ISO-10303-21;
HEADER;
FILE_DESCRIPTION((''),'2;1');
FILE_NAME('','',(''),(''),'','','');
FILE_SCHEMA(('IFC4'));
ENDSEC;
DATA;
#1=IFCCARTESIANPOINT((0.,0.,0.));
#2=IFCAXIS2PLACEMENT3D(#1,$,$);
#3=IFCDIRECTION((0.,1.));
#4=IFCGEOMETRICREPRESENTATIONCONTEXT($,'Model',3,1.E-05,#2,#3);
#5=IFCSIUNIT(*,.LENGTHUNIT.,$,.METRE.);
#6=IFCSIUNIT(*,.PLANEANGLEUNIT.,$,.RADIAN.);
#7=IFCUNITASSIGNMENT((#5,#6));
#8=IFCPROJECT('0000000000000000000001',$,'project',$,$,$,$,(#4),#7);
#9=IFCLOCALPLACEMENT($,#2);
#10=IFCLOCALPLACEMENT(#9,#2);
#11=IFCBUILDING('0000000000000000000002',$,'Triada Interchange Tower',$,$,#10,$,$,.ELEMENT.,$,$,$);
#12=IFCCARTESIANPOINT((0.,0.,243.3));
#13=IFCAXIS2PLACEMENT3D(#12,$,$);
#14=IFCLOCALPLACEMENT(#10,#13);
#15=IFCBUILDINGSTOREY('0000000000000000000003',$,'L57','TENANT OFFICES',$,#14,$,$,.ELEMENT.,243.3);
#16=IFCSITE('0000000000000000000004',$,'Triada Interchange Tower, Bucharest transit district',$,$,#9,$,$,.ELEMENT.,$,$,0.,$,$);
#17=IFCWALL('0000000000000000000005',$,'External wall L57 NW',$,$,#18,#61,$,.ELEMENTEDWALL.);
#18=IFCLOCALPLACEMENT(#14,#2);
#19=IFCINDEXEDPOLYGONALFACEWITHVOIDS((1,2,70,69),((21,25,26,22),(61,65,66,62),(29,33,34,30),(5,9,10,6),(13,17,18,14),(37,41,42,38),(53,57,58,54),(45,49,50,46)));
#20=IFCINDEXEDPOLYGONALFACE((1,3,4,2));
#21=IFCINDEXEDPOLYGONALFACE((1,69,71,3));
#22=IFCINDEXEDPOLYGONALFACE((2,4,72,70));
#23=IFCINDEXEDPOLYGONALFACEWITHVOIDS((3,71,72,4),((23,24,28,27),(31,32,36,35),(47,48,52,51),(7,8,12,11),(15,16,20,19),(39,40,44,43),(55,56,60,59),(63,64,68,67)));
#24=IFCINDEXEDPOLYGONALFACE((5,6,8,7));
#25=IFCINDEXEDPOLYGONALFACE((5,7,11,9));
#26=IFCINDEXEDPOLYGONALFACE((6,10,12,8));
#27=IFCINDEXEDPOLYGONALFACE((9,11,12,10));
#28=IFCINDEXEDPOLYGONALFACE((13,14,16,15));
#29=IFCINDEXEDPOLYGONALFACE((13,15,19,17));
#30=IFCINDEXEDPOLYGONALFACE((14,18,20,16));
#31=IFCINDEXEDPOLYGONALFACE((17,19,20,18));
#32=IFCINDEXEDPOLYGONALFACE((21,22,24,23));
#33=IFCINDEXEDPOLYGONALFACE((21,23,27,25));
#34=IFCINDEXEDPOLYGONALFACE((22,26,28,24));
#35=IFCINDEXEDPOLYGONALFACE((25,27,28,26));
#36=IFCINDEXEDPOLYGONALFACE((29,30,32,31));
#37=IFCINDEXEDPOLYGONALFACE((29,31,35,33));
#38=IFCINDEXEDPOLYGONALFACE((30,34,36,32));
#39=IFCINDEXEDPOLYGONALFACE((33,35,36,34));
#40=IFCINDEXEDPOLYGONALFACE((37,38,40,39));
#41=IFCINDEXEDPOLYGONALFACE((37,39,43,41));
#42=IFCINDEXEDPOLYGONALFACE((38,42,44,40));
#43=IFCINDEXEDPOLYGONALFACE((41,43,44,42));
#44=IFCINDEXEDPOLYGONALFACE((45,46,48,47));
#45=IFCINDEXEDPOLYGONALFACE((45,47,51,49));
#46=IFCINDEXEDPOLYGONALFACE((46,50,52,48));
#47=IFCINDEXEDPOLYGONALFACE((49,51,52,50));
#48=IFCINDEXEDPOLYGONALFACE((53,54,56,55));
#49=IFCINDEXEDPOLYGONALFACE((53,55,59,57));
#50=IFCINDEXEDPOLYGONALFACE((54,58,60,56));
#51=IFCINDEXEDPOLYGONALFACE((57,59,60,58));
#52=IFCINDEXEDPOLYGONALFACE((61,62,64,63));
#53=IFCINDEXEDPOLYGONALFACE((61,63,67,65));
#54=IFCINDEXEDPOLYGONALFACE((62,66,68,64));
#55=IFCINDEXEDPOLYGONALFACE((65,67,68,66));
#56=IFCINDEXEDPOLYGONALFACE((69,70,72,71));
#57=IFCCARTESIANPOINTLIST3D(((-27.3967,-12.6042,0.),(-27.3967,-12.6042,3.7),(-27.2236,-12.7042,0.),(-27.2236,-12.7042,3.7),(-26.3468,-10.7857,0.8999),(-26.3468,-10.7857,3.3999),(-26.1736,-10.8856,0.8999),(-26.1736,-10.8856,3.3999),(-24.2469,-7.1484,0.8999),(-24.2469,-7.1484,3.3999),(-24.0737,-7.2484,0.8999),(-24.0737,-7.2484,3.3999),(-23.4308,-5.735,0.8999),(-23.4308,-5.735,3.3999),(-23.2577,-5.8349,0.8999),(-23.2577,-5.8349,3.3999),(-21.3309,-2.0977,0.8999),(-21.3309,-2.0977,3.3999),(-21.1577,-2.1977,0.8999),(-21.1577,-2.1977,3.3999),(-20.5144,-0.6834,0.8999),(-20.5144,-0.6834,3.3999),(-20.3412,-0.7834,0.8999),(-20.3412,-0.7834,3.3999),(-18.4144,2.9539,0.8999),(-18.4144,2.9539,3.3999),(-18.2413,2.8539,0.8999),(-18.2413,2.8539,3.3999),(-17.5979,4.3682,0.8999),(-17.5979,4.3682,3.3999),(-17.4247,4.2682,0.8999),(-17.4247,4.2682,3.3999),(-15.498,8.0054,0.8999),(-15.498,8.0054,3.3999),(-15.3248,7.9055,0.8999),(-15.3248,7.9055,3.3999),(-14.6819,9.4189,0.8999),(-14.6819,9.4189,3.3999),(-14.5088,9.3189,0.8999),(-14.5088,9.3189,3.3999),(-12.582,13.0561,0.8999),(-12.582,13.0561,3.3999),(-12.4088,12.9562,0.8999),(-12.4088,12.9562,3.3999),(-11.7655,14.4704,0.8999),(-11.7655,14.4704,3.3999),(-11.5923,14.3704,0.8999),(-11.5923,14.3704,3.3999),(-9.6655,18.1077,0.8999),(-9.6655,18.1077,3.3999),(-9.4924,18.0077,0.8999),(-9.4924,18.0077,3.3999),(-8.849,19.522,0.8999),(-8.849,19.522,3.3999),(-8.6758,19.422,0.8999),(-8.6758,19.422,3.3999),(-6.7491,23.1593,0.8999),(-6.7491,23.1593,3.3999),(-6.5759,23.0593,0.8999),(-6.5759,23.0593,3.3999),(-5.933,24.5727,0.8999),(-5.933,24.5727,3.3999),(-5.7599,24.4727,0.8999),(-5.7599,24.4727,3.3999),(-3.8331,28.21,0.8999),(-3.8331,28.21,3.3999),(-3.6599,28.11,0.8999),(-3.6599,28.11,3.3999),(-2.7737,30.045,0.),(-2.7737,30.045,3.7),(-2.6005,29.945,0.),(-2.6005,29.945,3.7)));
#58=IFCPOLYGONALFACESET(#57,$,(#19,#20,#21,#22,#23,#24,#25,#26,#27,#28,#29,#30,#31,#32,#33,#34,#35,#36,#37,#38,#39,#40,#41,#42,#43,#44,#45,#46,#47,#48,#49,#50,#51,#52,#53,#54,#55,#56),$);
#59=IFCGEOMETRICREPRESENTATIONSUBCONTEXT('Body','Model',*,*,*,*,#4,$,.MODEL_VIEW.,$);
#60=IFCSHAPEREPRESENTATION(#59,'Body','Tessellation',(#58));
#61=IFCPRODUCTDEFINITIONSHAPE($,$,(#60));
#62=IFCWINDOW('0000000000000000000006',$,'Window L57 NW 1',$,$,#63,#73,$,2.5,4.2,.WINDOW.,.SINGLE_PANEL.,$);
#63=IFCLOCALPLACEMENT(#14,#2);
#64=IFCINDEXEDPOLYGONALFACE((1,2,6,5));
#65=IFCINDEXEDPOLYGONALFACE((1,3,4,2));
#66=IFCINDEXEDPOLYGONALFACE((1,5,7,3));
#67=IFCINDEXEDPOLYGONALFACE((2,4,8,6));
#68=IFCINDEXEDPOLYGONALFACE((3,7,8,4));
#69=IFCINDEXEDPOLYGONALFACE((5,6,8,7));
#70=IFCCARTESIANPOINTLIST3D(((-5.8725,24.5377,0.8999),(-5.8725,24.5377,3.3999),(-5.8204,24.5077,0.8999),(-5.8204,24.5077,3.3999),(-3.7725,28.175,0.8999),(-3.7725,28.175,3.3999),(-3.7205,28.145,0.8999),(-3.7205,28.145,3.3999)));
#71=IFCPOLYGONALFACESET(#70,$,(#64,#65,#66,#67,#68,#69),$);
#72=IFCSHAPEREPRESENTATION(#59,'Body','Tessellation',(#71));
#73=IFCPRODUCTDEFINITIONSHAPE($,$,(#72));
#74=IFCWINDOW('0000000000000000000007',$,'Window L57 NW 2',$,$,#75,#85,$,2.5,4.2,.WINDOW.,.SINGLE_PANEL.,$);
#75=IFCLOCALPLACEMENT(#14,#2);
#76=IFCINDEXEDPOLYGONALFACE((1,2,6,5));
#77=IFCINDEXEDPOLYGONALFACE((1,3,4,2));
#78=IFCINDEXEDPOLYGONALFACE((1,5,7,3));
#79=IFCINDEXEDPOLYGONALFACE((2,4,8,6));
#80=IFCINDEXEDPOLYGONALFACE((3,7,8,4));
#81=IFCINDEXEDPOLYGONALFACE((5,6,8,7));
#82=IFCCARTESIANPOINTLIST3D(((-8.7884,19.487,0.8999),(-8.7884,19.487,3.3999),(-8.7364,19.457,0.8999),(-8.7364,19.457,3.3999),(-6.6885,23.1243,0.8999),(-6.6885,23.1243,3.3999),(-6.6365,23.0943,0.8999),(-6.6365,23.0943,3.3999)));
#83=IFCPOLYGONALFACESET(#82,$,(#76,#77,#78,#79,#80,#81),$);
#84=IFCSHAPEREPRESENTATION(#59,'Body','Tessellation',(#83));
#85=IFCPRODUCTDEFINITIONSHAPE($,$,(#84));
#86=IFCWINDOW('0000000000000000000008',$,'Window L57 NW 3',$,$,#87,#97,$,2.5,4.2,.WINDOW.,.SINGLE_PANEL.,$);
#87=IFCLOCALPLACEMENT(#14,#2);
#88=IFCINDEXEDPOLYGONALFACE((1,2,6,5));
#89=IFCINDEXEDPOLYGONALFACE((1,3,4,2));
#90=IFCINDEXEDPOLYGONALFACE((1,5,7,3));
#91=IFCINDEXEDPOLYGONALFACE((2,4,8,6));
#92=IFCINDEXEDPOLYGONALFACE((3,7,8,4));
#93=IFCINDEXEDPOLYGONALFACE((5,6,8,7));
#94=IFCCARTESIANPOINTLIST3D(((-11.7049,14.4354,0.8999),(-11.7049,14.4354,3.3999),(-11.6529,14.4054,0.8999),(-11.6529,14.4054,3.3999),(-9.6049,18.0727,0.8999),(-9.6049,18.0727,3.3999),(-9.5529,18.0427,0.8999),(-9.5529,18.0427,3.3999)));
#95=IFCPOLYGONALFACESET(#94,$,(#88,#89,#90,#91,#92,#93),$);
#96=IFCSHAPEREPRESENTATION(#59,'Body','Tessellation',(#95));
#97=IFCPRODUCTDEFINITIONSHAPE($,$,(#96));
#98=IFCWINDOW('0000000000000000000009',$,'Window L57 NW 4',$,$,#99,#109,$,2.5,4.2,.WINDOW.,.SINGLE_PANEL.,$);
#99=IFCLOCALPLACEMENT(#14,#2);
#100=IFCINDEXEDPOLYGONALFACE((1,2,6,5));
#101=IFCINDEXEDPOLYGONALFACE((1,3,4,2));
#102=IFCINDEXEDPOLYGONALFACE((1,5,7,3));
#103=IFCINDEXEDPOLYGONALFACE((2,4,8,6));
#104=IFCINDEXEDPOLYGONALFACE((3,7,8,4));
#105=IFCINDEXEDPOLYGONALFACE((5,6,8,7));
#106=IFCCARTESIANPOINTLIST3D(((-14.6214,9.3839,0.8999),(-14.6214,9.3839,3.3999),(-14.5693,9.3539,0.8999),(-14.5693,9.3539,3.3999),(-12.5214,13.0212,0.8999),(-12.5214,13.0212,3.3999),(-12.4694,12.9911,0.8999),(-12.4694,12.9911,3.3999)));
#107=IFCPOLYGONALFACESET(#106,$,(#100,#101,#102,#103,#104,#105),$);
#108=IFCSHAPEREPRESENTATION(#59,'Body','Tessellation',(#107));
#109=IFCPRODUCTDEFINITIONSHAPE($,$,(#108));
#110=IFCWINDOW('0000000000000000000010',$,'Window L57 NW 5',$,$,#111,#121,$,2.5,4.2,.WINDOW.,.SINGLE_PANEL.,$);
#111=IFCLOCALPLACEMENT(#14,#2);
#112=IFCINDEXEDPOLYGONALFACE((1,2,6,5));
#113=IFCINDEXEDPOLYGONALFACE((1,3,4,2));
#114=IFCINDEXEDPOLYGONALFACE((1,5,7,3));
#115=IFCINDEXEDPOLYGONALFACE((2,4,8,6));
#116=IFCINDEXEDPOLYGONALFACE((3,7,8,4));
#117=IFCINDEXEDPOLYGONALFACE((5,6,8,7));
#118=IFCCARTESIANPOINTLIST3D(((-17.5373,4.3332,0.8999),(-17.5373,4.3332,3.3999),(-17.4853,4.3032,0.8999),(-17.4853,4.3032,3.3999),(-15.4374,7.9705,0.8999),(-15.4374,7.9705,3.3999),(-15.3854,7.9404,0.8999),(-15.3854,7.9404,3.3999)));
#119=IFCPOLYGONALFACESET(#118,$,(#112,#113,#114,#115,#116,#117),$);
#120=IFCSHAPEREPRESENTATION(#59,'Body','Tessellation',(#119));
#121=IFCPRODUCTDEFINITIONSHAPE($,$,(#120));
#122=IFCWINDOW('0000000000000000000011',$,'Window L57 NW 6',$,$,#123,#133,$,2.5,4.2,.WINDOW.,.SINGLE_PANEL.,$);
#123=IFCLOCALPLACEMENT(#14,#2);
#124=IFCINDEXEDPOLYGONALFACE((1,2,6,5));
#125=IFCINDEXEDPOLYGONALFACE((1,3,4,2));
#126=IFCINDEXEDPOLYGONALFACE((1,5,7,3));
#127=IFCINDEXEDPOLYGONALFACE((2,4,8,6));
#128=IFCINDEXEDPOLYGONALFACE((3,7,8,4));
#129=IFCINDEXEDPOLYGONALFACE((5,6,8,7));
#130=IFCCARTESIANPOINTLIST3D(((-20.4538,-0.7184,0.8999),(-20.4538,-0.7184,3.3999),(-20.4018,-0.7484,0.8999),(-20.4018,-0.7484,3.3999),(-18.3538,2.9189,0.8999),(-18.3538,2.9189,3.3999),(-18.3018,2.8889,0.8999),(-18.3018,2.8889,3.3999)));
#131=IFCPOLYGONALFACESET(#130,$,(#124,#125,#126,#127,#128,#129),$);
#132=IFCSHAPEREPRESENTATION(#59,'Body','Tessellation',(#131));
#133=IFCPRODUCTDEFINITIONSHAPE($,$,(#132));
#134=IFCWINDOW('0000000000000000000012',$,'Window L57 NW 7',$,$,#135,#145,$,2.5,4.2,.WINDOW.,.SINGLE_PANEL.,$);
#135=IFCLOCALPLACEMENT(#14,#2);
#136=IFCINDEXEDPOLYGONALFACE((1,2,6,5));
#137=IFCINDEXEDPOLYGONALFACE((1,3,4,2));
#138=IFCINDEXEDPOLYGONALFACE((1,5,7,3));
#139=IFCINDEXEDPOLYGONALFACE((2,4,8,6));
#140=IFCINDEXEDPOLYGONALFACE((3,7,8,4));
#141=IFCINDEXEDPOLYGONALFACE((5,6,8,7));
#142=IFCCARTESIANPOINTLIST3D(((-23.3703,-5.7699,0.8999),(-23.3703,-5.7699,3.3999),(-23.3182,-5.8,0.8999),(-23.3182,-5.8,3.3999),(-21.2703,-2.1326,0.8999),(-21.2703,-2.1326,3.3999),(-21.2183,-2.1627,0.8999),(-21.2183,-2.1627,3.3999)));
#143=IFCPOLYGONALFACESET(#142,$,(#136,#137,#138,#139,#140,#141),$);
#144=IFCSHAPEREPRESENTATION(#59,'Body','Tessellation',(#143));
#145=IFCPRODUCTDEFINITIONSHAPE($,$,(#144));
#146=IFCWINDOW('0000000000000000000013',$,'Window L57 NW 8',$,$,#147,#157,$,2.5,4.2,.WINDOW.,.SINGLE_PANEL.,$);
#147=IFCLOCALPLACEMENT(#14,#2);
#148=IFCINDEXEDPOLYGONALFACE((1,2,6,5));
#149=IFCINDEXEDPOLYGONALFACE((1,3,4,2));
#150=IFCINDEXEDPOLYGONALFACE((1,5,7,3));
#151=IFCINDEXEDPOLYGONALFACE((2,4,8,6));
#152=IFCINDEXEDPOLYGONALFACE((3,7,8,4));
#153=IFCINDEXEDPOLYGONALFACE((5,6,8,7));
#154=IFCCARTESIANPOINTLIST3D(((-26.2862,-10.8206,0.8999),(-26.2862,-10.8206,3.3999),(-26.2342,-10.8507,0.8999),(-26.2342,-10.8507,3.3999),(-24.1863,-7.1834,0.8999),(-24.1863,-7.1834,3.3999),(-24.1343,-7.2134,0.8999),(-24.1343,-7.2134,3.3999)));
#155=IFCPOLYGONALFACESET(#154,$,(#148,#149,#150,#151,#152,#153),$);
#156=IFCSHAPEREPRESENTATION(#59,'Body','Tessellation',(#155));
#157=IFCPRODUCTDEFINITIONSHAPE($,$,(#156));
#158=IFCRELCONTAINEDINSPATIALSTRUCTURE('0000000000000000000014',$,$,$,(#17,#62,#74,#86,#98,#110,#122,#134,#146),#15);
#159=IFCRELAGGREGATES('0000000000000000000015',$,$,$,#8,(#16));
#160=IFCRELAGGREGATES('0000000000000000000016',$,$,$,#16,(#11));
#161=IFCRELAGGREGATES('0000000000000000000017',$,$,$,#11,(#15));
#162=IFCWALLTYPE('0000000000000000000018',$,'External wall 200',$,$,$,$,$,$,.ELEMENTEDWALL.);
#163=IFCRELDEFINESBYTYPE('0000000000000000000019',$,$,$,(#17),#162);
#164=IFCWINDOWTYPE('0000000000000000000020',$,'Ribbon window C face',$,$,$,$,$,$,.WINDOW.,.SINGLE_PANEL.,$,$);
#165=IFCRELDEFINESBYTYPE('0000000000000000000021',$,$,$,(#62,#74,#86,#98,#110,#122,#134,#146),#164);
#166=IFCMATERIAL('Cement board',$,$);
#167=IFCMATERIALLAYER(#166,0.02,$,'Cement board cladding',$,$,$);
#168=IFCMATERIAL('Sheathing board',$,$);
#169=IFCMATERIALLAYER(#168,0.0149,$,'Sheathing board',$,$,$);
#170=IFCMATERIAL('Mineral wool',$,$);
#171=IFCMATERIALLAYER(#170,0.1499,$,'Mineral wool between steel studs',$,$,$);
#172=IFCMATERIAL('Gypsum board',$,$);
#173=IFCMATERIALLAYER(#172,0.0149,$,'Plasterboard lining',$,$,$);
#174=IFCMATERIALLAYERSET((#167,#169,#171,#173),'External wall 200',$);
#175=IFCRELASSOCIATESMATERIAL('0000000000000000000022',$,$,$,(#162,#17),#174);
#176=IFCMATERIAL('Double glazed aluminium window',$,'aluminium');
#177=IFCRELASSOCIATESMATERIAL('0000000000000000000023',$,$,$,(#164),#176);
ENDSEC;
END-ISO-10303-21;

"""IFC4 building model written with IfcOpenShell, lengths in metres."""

from ifc_helpers import new_model, si_unit, direction, frame, frame_2d, origin, place, context, subcontext, project, spatial, rectangle, extrude, material, layer, layer_set, layer_usage, type_object, element, fill, save


model = new_model("IFC4")

# Units and contexts
model_context = context("Model", 3, precision=1e-05, world=origin(), true_north=direction((0.0, 1.0)))
body_context = subcontext(model_context, "Body", "Model", "MODEL_VIEW")
ifc_project = project(units=[si_unit("LENGTHUNIT", "METRE"), si_unit("PLANEANGLEUNIT", "RADIAN")], contexts=[model_context])

# Site, building, storey
site_placement = place(None, origin())
site = spatial("IfcSite", under=ifc_project, at=site_placement, Name="Triada Interchange Tower, Bucharest transit district", CompositionType="ELEMENT", RefElevation=0.0)
building_placement = place(site_placement, origin())
building = spatial("IfcBuilding", under=site, at=building_placement, Name="Triada Interchange Tower", CompositionType="ELEMENT")
storey_placement = place(building_placement, frame((0.0, 0.0, 243.3)))
storey = spatial("IfcBuildingStorey", under=building, at=storey_placement, Name="L57", Description="TENANT OFFICES", CompositionType="ELEMENT", Elevation=243.3)

# Wall, openings, windows
ifc_material_1 = material(Name="Cement board")
ifc_layer_1 = layer(ifc_material_1, 0.02, Name="Cement board cladding")
ifc_material_2 = material(Name="Sheathing board")
ifc_layer_2 = layer(ifc_material_2, 0.0149, Name="Sheathing board")
ifc_material_3 = material(Name="Mineral wool")
ifc_layer_3 = layer(ifc_material_3, 0.1499, Name="Mineral wool between steel studs")
ifc_material_4 = material(Name="Gypsum board")
ifc_layer_4 = layer(ifc_material_4, 0.0149, Name="Plasterboard lining")
ifc_layer_set_1 = layer_set([ifc_layer_1, ifc_layer_2, ifc_layer_3, ifc_layer_4], Name="External wall 200")
ifc_layer_usage = layer_usage(ifc_layer_set_1, "AXIS2", "POSITIVE", -0.1001)
wall_type_1 = type_object("IfcWallType", Name="External wall 200", PredefinedType="ELEMENTEDWALL", material=ifc_layer_set_1)
wall_1_placement = place(storey_placement, frame((-2.687, 29.9951, 0.0), z_axis=(0.0, 0.0, 1.0), x_axis=(-0.499993, -0.866029, 0.0)))
wall_1 = element("IfcWall", 1, at=wall_1_placement, inside=storey, type_object=wall_type_1, material=ifc_layer_usage, Name="External wall L57 NW", PredefinedType="ELEMENTEDWALL", context=body_context, shape_type="SweptSolid", body=[
    extrude(rectangle(XDim=49.2468, YDim=0.2, at=frame_2d((24.6235, 0.0))), origin(), (0.0, 0.0, 1.0), 3.7),
])
opening_1_placement = place(wall_1_placement, frame((2.1189, 0.0, 0.8999)))
opening_1 = element("IfcOpeningElement", 2, at=opening_1_placement, cuts=wall_1, PredefinedType="OPENING", context=body_context, shape_type="SweptSolid", body=[
    extrude(rectangle(XDim=4.2, YDim=2.5, at=frame_2d((2.1001, 1.25))), frame((0.0, 0.1099, 0.0), z_axis=(0.0, -1.0, 0.0), x_axis=(1.0, 0.0, 0.0)), (0.0, 0.0, 1.0), 0.22),
])
opening_2_placement = place(wall_1_placement, frame((7.9509, 0.0, 0.8999)))
opening_2 = element("IfcOpeningElement", 3, at=opening_2_placement, cuts=wall_1, PredefinedType="OPENING", context=body_context, shape_type="SweptSolid", body=[
    extrude(rectangle(XDim=4.2, YDim=2.5, at=frame_2d((2.1001, 1.25))), frame((0.0, 0.1099, 0.0), z_axis=(0.0, -1.0, 0.0), x_axis=(1.0, 0.0, 0.0)), (0.0, 0.0, 1.0), 0.22),
])
opening_3_placement = place(wall_1_placement, frame((13.7839, 0.0, 0.8999)))
opening_3 = element("IfcOpeningElement", 4, at=opening_3_placement, cuts=wall_1, PredefinedType="OPENING", context=body_context, shape_type="SweptSolid", body=[
    extrude(rectangle(XDim=4.2, YDim=2.5, at=frame_2d((2.1001, 1.25))), frame((0.0, 0.1099, 0.0), z_axis=(0.0, -1.0, 0.0), x_axis=(1.0, 0.0, 0.0)), (0.0, 0.0, 1.0), 0.22),
])
opening_4_placement = place(wall_1_placement, frame((19.6169, 0.0, 0.8999)))
opening_4 = element("IfcOpeningElement", 5, at=opening_4_placement, cuts=wall_1, PredefinedType="OPENING", context=body_context, shape_type="SweptSolid", body=[
    extrude(rectangle(XDim=4.2, YDim=2.5, at=frame_2d((2.1001, 1.25))), frame((0.0, 0.1099, 0.0), z_axis=(0.0, -1.0, 0.0), x_axis=(1.0, 0.0, 0.0)), (0.0, 0.0, 1.0), 0.22),
])
opening_5_placement = place(wall_1_placement, frame((25.449, 0.0, 0.8999)))
opening_5 = element("IfcOpeningElement", 6, at=opening_5_placement, cuts=wall_1, PredefinedType="OPENING", context=body_context, shape_type="SweptSolid", body=[
    extrude(rectangle(XDim=4.2, YDim=2.5, at=frame_2d((2.1001, 1.25))), frame((0.0, 0.1099, 0.0), z_axis=(0.0, -1.0, 0.0), x_axis=(1.0, 0.0, 0.0)), (0.0, 0.0, 1.0), 0.22),
])
opening_6_placement = place(wall_1_placement, frame((31.282, 0.0, 0.8999)))
opening_6 = element("IfcOpeningElement", 7, at=opening_6_placement, cuts=wall_1, PredefinedType="OPENING", context=body_context, shape_type="SweptSolid", body=[
    extrude(rectangle(XDim=4.2, YDim=2.5, at=frame_2d((2.1001, 1.25))), frame((0.0, 0.1099, 0.0), z_axis=(0.0, -1.0, 0.0), x_axis=(1.0, 0.0, 0.0)), (0.0, 0.0, 1.0), 0.22),
])
opening_7_placement = place(wall_1_placement, frame((37.115, 0.0, 0.8999)))
opening_7 = element("IfcOpeningElement", 8, at=opening_7_placement, cuts=wall_1, PredefinedType="OPENING", context=body_context, shape_type="SweptSolid", body=[
    extrude(rectangle(XDim=4.2, YDim=2.5, at=frame_2d((2.1001, 1.25))), frame((0.0, 0.1099, 0.0), z_axis=(0.0, -1.0, 0.0), x_axis=(1.0, 0.0, 0.0)), (0.0, 0.0, 1.0), 0.22),
])
opening_8_placement = place(wall_1_placement, frame((42.947, 0.0, 0.8999)))
opening_8 = element("IfcOpeningElement", 9, at=opening_8_placement, cuts=wall_1, PredefinedType="OPENING", context=body_context, shape_type="SweptSolid", body=[
    extrude(rectangle(XDim=4.2, YDim=2.5, at=frame_2d((2.1001, 1.25))), frame((0.0, 0.1099, 0.0), z_axis=(0.0, -1.0, 0.0), x_axis=(1.0, 0.0, 0.0)), (0.0, 0.0, 1.0), 0.22),
])
ifc_material_5 = material(Name="Double glazed aluminium window", Category="aluminium")
window_type = type_object("IfcWindowType", Name="Ribbon window C face", PartitioningType="SINGLE_PANEL", PredefinedType="WINDOW", material=ifc_material_5)
window_1_placement = place(opening_1_placement, origin())
window_1 = element("IfcWindow", 10, at=window_1_placement, inside=storey, type_object=window_type, Name="Window L57 NW 1", OverallHeight=2.5, OverallWidth=4.2, PartitioningType="SINGLE_PANEL", PredefinedType="WINDOW", context=body_context, shape_type="SweptSolid", body=[
    extrude(rectangle(XDim=4.2, YDim=2.5, at=frame_2d((2.1001, 1.25))), frame((0.0, 0.03, 0.0), z_axis=(0.0, -1.0, 0.0), x_axis=(1.0, 0.0, 0.0)), (0.0, 0.0, 1.0), 0.0601),
])
fill(opening_1, window_1)
window_2_placement = place(opening_2_placement, origin())
window_2 = element("IfcWindow", 11, at=window_2_placement, inside=storey, type_object=window_type, Name="Window L57 NW 2", OverallHeight=2.5, OverallWidth=4.2, PartitioningType="SINGLE_PANEL", PredefinedType="WINDOW", context=body_context, shape_type="SweptSolid", body=[
    extrude(rectangle(XDim=4.2, YDim=2.5, at=frame_2d((2.1001, 1.25))), frame((0.0, 0.03, 0.0), z_axis=(0.0, -1.0, 0.0), x_axis=(1.0, 0.0, 0.0)), (0.0, 0.0, 1.0), 0.0601),
])
fill(opening_2, window_2)
window_3_placement = place(opening_3_placement, origin())
window_3 = element("IfcWindow", 12, at=window_3_placement, inside=storey, type_object=window_type, Name="Window L57 NW 3", OverallHeight=2.5, OverallWidth=4.2, PartitioningType="SINGLE_PANEL", PredefinedType="WINDOW", context=body_context, shape_type="SweptSolid", body=[
    extrude(rectangle(XDim=4.2, YDim=2.5, at=frame_2d((2.1001, 1.25))), frame((0.0, 0.03, 0.0), z_axis=(0.0, -1.0, 0.0), x_axis=(1.0, 0.0, 0.0)), (0.0, 0.0, 1.0), 0.0601),
])
fill(opening_3, window_3)
window_4_placement = place(opening_4_placement, origin())
window_4 = element("IfcWindow", 13, at=window_4_placement, inside=storey, type_object=window_type, Name="Window L57 NW 4", OverallHeight=2.5, OverallWidth=4.2, PartitioningType="SINGLE_PANEL", PredefinedType="WINDOW", context=body_context, shape_type="SweptSolid", body=[
    extrude(rectangle(XDim=4.2, YDim=2.5, at=frame_2d((2.1001, 1.25))), frame((0.0, 0.03, 0.0), z_axis=(0.0, -1.0, 0.0), x_axis=(1.0, 0.0, 0.0)), (0.0, 0.0, 1.0), 0.0601),
])
fill(opening_4, window_4)
window_5_placement = place(opening_5_placement, origin())
window_5 = element("IfcWindow", 14, at=window_5_placement, inside=storey, type_object=window_type, Name="Window L57 NW 5", OverallHeight=2.5, OverallWidth=4.2, PartitioningType="SINGLE_PANEL", PredefinedType="WINDOW", context=body_context, shape_type="SweptSolid", body=[
    extrude(rectangle(XDim=4.2, YDim=2.5, at=frame_2d((2.1001, 1.25))), frame((0.0, 0.03, 0.0), z_axis=(0.0, -1.0, 0.0), x_axis=(1.0, 0.0, 0.0)), (0.0, 0.0, 1.0), 0.0601),
])
fill(opening_5, window_5)
window_6_placement = place(opening_6_placement, origin())
window_6 = element("IfcWindow", 15, at=window_6_placement, inside=storey, type_object=window_type, Name="Window L57 NW 6", OverallHeight=2.5, OverallWidth=4.2, PartitioningType="SINGLE_PANEL", PredefinedType="WINDOW", context=body_context, shape_type="SweptSolid", body=[
    extrude(rectangle(XDim=4.2, YDim=2.5, at=frame_2d((2.1001, 1.25))), frame((0.0, 0.03, 0.0), z_axis=(0.0, -1.0, 0.0), x_axis=(1.0, 0.0, 0.0)), (0.0, 0.0, 1.0), 0.0601),
])
fill(opening_6, window_6)
window_7_placement = place(opening_7_placement, origin())
window_7 = element("IfcWindow", 16, at=window_7_placement, inside=storey, type_object=window_type, Name="Window L57 NW 7", OverallHeight=2.5, OverallWidth=4.2, PartitioningType="SINGLE_PANEL", PredefinedType="WINDOW", context=body_context, shape_type="SweptSolid", body=[
    extrude(rectangle(XDim=4.2, YDim=2.5, at=frame_2d((2.1001, 1.25))), frame((0.0, 0.03, 0.0), z_axis=(0.0, -1.0, 0.0), x_axis=(1.0, 0.0, 0.0)), (0.0, 0.0, 1.0), 0.0601),
])
fill(opening_7, window_7)
window_8_placement = place(opening_8_placement, origin())
window_8 = element("IfcWindow", 17, at=window_8_placement, inside=storey, type_object=window_type, Name="Window L57 NW 8", OverallHeight=2.5, OverallWidth=4.2, PartitioningType="SINGLE_PANEL", PredefinedType="WINDOW", context=body_context, shape_type="SweptSolid", body=[
    extrude(rectangle(XDim=4.2, YDim=2.5, at=frame_2d((2.1001, 1.25))), frame((0.0, 0.03, 0.0), z_axis=(0.0, -1.0, 0.0), x_axis=(1.0, 0.0, 0.0)), (0.0, 0.0, 1.0), 0.0601),
])
fill(opening_8, window_8)

save(model, "model.ifc")
